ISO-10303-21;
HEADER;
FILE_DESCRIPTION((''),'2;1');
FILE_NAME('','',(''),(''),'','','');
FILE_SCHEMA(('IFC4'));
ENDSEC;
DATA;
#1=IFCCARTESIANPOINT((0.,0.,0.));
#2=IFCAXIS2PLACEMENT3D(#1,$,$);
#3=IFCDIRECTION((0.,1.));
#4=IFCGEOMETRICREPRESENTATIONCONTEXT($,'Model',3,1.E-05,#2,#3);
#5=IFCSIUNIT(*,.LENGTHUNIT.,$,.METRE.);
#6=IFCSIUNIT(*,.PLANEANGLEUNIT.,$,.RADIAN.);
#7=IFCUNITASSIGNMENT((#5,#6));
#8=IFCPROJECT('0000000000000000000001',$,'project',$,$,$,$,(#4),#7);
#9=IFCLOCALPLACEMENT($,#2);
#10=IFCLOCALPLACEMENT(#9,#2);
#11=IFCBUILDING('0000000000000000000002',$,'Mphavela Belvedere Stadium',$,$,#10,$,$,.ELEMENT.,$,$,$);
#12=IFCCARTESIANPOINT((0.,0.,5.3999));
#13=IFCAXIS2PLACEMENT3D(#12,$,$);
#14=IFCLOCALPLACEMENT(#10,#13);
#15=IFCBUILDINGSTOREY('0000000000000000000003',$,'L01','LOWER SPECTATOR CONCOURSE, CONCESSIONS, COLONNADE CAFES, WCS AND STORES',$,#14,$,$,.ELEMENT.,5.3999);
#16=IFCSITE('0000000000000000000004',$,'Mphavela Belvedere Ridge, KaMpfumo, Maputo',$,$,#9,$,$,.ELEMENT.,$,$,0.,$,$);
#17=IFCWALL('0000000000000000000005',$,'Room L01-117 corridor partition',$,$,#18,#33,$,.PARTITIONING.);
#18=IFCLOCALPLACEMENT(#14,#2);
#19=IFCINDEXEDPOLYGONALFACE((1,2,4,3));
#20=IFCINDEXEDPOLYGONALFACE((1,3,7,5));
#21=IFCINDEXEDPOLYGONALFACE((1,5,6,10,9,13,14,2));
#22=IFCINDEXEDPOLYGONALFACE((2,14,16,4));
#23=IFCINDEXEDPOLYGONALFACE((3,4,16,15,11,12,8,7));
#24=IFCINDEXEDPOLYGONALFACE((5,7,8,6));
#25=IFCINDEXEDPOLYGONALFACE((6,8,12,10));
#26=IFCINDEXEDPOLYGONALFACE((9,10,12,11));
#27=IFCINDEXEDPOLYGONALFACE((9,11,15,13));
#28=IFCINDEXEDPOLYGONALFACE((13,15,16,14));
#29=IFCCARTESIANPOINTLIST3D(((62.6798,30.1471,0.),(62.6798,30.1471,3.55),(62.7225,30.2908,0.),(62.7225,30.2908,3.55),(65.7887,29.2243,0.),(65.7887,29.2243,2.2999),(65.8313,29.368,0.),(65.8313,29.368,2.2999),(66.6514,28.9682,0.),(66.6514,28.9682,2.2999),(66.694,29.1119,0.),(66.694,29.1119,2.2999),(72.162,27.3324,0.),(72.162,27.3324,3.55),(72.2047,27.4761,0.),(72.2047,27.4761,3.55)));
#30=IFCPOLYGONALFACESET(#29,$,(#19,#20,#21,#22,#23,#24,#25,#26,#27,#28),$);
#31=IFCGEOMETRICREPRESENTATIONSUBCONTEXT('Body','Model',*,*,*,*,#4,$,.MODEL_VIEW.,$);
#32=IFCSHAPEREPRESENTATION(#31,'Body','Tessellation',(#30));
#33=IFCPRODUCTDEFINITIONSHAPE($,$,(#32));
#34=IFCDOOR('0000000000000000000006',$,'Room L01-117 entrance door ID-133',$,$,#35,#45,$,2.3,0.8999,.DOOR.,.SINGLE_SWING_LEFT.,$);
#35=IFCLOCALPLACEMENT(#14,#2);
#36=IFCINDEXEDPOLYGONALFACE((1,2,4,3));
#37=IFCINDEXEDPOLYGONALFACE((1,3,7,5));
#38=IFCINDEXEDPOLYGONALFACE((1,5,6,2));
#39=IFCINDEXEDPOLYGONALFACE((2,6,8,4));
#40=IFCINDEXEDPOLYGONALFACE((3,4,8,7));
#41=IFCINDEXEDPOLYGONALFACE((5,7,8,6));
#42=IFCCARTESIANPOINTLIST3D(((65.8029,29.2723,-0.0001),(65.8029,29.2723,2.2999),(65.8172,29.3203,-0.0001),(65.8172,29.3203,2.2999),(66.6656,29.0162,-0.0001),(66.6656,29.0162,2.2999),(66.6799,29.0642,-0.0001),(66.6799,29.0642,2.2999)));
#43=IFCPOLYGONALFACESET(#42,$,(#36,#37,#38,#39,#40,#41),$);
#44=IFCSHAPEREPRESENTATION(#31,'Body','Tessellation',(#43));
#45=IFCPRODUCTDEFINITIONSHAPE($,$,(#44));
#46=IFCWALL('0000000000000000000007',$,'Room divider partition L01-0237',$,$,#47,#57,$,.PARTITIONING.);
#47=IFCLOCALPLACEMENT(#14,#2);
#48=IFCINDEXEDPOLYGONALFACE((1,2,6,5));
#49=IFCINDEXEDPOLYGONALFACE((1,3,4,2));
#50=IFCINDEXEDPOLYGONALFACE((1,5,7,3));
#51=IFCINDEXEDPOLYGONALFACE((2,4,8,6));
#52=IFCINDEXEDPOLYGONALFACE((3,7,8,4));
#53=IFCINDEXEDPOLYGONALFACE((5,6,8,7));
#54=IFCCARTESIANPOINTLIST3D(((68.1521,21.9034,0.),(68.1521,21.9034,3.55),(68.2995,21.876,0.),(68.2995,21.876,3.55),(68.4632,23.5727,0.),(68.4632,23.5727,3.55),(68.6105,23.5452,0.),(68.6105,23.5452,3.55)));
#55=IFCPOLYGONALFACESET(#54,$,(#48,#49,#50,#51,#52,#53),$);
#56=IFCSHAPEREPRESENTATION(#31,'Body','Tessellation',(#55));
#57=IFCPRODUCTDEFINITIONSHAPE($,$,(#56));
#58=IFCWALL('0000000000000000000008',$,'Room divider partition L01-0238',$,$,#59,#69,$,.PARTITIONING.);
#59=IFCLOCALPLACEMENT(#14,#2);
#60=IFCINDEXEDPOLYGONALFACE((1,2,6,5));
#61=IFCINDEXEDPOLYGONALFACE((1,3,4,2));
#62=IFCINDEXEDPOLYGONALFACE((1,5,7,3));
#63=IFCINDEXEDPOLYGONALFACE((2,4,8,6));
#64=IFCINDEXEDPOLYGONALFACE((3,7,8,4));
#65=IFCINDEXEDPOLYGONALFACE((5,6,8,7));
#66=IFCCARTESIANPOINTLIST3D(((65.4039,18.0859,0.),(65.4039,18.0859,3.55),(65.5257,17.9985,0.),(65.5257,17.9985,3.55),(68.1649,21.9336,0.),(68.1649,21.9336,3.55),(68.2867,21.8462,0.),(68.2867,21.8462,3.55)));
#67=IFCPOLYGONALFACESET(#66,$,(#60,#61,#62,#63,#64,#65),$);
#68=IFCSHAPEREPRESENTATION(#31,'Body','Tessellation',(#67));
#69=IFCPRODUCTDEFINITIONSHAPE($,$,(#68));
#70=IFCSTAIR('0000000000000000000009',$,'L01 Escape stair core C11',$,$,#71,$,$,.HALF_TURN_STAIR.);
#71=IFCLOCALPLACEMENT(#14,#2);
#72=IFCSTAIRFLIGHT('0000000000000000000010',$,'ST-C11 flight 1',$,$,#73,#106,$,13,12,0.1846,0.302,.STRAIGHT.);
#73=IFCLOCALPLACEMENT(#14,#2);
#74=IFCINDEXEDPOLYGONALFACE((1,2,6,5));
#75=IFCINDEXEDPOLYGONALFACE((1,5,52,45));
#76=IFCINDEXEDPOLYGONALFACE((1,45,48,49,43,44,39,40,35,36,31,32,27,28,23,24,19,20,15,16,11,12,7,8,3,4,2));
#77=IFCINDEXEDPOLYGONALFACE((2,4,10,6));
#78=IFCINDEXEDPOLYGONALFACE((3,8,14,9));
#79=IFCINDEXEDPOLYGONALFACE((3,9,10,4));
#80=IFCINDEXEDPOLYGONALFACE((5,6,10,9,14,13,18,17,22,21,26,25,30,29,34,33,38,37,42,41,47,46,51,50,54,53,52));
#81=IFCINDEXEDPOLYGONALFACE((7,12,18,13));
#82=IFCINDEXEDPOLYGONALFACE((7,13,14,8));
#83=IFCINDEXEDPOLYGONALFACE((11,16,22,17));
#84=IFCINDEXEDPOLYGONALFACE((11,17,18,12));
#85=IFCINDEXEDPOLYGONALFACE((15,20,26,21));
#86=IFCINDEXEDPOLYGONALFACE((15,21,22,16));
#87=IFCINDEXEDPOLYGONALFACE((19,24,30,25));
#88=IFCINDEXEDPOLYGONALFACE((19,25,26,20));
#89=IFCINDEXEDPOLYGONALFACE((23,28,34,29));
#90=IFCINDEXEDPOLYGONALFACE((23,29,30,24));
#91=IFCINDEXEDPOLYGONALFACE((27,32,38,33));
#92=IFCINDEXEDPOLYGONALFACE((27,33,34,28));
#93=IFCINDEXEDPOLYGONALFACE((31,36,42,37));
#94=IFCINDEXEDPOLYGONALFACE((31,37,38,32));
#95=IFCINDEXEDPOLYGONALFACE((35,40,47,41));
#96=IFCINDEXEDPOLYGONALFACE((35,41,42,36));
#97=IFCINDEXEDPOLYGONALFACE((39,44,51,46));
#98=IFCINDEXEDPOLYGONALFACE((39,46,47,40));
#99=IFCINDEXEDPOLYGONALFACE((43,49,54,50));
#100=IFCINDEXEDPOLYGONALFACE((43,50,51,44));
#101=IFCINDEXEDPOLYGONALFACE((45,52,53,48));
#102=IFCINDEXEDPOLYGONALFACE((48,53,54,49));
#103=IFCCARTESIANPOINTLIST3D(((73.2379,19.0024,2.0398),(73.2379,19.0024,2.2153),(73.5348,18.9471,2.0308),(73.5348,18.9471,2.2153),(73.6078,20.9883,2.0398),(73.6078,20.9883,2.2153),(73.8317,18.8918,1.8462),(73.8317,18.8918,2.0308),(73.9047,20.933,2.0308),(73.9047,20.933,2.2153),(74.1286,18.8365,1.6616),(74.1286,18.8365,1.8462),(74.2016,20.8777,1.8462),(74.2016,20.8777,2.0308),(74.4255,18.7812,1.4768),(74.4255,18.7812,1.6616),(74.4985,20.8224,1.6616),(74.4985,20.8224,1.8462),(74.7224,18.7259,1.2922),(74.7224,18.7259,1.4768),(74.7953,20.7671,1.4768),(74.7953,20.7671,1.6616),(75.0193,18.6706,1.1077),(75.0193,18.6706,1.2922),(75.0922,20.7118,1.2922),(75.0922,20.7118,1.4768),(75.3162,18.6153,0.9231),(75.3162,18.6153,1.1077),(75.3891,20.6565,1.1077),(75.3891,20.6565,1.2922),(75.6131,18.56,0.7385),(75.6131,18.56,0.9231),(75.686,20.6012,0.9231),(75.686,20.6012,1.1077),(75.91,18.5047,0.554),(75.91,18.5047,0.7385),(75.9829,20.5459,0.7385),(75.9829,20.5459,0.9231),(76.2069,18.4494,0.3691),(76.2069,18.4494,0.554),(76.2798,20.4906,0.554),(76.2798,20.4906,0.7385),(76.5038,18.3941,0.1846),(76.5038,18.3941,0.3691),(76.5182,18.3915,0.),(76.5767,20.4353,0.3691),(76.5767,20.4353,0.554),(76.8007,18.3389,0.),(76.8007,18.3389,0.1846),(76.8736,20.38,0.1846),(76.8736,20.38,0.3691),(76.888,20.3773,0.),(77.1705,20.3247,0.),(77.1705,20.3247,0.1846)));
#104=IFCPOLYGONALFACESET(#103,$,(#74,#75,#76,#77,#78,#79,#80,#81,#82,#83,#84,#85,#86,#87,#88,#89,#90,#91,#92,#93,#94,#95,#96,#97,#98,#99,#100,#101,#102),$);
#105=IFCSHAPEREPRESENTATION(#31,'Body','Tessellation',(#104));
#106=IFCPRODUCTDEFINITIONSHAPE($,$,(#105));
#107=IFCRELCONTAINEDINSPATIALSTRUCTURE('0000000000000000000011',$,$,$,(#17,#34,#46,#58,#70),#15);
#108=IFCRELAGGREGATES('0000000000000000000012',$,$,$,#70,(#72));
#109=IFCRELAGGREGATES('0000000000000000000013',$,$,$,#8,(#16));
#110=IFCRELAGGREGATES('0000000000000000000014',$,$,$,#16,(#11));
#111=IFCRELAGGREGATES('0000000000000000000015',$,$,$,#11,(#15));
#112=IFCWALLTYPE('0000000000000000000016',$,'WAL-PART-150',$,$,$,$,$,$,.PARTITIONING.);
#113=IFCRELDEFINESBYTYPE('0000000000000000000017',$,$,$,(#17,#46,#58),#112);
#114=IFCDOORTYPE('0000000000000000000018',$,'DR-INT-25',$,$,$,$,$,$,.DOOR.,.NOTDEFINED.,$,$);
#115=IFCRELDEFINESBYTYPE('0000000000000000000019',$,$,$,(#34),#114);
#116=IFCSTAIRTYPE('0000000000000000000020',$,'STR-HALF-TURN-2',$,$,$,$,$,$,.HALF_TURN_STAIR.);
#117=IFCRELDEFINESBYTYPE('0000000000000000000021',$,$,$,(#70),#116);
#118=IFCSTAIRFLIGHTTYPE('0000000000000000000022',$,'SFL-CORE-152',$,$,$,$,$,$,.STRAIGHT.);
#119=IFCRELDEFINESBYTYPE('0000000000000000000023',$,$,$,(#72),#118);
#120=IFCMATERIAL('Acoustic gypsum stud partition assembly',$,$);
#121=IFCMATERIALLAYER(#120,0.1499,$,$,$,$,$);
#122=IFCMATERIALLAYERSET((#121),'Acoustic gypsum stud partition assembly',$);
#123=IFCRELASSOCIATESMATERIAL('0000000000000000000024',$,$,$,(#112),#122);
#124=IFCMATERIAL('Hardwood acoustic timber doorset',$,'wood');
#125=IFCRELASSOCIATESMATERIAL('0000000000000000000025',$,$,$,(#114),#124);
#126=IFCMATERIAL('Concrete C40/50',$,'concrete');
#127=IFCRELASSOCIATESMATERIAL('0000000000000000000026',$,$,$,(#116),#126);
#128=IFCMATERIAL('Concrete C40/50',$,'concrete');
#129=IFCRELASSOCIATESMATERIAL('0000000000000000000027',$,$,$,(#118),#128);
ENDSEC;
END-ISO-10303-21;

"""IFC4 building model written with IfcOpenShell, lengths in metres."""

from ifc_helpers import new_model, si_unit, direction, frame, frame_2d, origin, place, context, subcontext, project, spatial, polyline, rectangle, outline, extrude, material, layer, layer_set, type_object, element, fill, aggregate, save


model = new_model("IFC4")

# Units and contexts
model_context = context("Model", 3, precision=1e-05, world=origin(), true_north=direction((0.0, 1.0)))
body_context = subcontext(model_context, "Body", "Model", "MODEL_VIEW")
ifc_project = project(units=[si_unit("LENGTHUNIT", "METRE"), si_unit("PLANEANGLEUNIT", "RADIAN")], contexts=[model_context])

# Site, building, storey
site_placement = place(None, origin())
site = spatial("IfcSite", under=ifc_project, at=site_placement, Name="Mphavela Belvedere Ridge, KaMpfumo, Maputo", CompositionType="ELEMENT", RefElevation=0.0)
building_placement = place(site_placement, origin())
building = spatial("IfcBuilding", under=site, at=building_placement, Name="Mphavela Belvedere Stadium", CompositionType="ELEMENT")
storey_placement = place(building_placement, frame((0.0, 0.0, 5.3999)))
storey = spatial("IfcBuildingStorey", under=building, at=storey_placement, Name="L01", Description="LOWER SPECTATOR CONCOURSE, CONCESSIONS, COLONNADE CAFES, WCS AND STORES", CompositionType="ELEMENT", Elevation=5.3999)

# Wall, opening, door
ifc_material_1 = material(Name="Acoustic gypsum stud partition assembly")
ifc_layer_1 = layer(ifc_material_1, 0.1499)
ifc_layer_set_1 = layer_set([ifc_layer_1], Name="Acoustic gypsum stud partition assembly")
wall_type_1 = type_object("IfcWallType", Name="WAL-PART-150", PredefinedType="PARTITIONING", material=ifc_layer_set_1)
wall_1_placement = place(storey_placement, frame((72.1833, 27.4043, 0.0), z_axis=(0.0, 0.0, 1.0), x_axis=(-0.958656, 0.284568, 0.0)))
wall_1 = element("IfcWall", 1, at=wall_1_placement, inside=storey, type_object=wall_type_1, Name="Room L01-117 corridor partition", PredefinedType="PARTITIONING", context=body_context, shape_type="SweptSolid", body=[
    extrude(rectangle(XDim=9.8911, YDim=0.1499, at=frame_2d((4.9456, 0.0))), origin(), (0.0, 0.0, 1.0), 3.55),
])
opening_placement = place(wall_1_placement, frame((5.7483, 0.0, 0.0)))
opening = element("IfcOpeningElement", 2, at=opening_placement, cuts=wall_1, PredefinedType="OPENING", context=body_context, shape_type="SweptSolid", body=[
    extrude(rectangle(XDim=0.8999, YDim=2.3, at=frame_2d((0.45, 1.1499))), frame((0.0, 0.085, 0.0), z_axis=(0.0, -1.0, 0.0), x_axis=(1.0, 0.0, 0.0)), (0.0, 0.0, 1.0), 0.1699),
])
ifc_material_2 = material(Name="Hardwood acoustic timber doorset", Category="wood")
door_type = type_object("IfcDoorType", Name="DR-INT-25", OperationType="NOTDEFINED", PredefinedType="DOOR", material=ifc_material_2)
door_placement = place(opening_placement, origin())
door = element("IfcDoor", 3, at=door_placement, inside=storey, type_object=door_type, Name="Room L01-117 entrance door ID-133", OperationType="SINGLE_SWING_LEFT", OverallHeight=2.3, OverallWidth=0.8999, PredefinedType="DOOR", context=body_context, shape_type="SweptSolid", body=[
    extrude(rectangle(XDim=0.8999, YDim=2.3, at=frame_2d((0.45, 1.1499))), frame((0.0, 0.0249, 0.0), z_axis=(0.0, -1.0, 0.0), x_axis=(1.0, 0.0, 0.0)), (0.0, 0.0, 1.0), 0.05),
])
fill(opening, door)

# Walls
wall_2_placement = place(storey_placement, frame((68.5369, 23.5591, 0.0), z_axis=(0.0, 0.0, 1.0), x_axis=(-0.183186, -0.983078, 0.0)))
element("IfcWall", 4, at=wall_2_placement, inside=storey, type_object=wall_type_1, Name="Room divider partition L01-0237", PredefinedType="PARTITIONING", context=body_context, shape_type="SweptSolid", body=[
    extrude(rectangle(XDim=1.698, YDim=0.1499, at=frame_2d((0.8491, 0.0))), origin(), (0.0, 0.0, 1.0), 3.55),
])
wall_3_placement = place(storey_placement, frame((68.2258, 21.8899, 0.0), z_axis=(0.0, 0.0, 1.0), x_axis=(-0.583007, -0.812467, 0.0)))
element("IfcWall", 5, at=wall_3_placement, inside=storey, type_object=wall_type_1, Name="Room divider partition L01-0238", PredefinedType="PARTITIONING", context=body_context, shape_type="SweptSolid", body=[
    extrude(rectangle(XDim=4.7358, YDim=0.1499, at=frame_2d((2.3679, 0.0))), origin(), (0.0, 0.0, 1.0), 3.55),
])

# Stair, stair flight
ifc_material_3 = material(Name="Concrete C40/50", Category="concrete")
stair_type = type_object("IfcStairType", Name="STR-HALF-TURN-2", PredefinedType="HALF_TURN_STAIR", material=ifc_material_3)
stair_placement = place(storey_placement, origin())
stair = element("IfcStair", 6, at=stair_placement, inside=storey, type_object=stair_type, Name="L01 Escape stair core C11", PredefinedType="HALF_TURN_STAIR")
ifc_material_4 = material(Name="Concrete C40/50", Category="concrete")
stair_flight_type = type_object("IfcStairFlightType", Name="SFL-CORE-152", PredefinedType="STRAIGHT", material=ifc_material_4)
stair_flight_placement = place(storey_placement, frame((76.9856, 19.3318, 0.0), z_axis=(0.0, 0.0, 1.0), x_axis=(-0.983096, 0.183094, 0.0)))
stair_flight = element("IfcStairFlight", 7, at=stair_flight_placement, type_object=stair_flight_type, Name="ST-C11 flight 1", NumberOfRisers=13, NumberOfTreads=12, PredefinedType="STRAIGHT", RiserHeight=0.1846, TreadLength=0.302, context=body_context, shape_type="SweptSolid", body=[
    extrude(outline(polyline([(0.0, 0.0), (0.0, 0.1846), (0.302, 0.1846), (0.302, 0.3691), (0.604, 0.3691), (0.604, 0.554), (0.906, 0.554), (0.906, 0.7385), (1.208, 0.7385), (1.208, 0.9231), (1.51, 0.9231), (1.51, 1.1077), (1.812, 1.1077), (1.812, 1.2922), (2.114, 1.2922), (2.114, 1.4768), (2.416, 1.4768), (2.416, 1.6616), (2.718, 1.6616), (2.718, 1.8462), (3.02, 1.8462), (3.02, 2.0308), (3.322, 2.0308), (3.322, 2.2153), (3.624, 2.2153), (3.624, 2.3999), (3.624, 2.0398), (0.2874, 0.0), (0.0, 0.0)])), frame((0.0, 1.01, 0.0), z_axis=(0.0, -1.0, 0.0), x_axis=(1.0, 0.0, 0.0)), (0.0, 0.0, 1.0), 2.02),
])
aggregate(stair, [stair_flight])

save(model, "model.ifc")
